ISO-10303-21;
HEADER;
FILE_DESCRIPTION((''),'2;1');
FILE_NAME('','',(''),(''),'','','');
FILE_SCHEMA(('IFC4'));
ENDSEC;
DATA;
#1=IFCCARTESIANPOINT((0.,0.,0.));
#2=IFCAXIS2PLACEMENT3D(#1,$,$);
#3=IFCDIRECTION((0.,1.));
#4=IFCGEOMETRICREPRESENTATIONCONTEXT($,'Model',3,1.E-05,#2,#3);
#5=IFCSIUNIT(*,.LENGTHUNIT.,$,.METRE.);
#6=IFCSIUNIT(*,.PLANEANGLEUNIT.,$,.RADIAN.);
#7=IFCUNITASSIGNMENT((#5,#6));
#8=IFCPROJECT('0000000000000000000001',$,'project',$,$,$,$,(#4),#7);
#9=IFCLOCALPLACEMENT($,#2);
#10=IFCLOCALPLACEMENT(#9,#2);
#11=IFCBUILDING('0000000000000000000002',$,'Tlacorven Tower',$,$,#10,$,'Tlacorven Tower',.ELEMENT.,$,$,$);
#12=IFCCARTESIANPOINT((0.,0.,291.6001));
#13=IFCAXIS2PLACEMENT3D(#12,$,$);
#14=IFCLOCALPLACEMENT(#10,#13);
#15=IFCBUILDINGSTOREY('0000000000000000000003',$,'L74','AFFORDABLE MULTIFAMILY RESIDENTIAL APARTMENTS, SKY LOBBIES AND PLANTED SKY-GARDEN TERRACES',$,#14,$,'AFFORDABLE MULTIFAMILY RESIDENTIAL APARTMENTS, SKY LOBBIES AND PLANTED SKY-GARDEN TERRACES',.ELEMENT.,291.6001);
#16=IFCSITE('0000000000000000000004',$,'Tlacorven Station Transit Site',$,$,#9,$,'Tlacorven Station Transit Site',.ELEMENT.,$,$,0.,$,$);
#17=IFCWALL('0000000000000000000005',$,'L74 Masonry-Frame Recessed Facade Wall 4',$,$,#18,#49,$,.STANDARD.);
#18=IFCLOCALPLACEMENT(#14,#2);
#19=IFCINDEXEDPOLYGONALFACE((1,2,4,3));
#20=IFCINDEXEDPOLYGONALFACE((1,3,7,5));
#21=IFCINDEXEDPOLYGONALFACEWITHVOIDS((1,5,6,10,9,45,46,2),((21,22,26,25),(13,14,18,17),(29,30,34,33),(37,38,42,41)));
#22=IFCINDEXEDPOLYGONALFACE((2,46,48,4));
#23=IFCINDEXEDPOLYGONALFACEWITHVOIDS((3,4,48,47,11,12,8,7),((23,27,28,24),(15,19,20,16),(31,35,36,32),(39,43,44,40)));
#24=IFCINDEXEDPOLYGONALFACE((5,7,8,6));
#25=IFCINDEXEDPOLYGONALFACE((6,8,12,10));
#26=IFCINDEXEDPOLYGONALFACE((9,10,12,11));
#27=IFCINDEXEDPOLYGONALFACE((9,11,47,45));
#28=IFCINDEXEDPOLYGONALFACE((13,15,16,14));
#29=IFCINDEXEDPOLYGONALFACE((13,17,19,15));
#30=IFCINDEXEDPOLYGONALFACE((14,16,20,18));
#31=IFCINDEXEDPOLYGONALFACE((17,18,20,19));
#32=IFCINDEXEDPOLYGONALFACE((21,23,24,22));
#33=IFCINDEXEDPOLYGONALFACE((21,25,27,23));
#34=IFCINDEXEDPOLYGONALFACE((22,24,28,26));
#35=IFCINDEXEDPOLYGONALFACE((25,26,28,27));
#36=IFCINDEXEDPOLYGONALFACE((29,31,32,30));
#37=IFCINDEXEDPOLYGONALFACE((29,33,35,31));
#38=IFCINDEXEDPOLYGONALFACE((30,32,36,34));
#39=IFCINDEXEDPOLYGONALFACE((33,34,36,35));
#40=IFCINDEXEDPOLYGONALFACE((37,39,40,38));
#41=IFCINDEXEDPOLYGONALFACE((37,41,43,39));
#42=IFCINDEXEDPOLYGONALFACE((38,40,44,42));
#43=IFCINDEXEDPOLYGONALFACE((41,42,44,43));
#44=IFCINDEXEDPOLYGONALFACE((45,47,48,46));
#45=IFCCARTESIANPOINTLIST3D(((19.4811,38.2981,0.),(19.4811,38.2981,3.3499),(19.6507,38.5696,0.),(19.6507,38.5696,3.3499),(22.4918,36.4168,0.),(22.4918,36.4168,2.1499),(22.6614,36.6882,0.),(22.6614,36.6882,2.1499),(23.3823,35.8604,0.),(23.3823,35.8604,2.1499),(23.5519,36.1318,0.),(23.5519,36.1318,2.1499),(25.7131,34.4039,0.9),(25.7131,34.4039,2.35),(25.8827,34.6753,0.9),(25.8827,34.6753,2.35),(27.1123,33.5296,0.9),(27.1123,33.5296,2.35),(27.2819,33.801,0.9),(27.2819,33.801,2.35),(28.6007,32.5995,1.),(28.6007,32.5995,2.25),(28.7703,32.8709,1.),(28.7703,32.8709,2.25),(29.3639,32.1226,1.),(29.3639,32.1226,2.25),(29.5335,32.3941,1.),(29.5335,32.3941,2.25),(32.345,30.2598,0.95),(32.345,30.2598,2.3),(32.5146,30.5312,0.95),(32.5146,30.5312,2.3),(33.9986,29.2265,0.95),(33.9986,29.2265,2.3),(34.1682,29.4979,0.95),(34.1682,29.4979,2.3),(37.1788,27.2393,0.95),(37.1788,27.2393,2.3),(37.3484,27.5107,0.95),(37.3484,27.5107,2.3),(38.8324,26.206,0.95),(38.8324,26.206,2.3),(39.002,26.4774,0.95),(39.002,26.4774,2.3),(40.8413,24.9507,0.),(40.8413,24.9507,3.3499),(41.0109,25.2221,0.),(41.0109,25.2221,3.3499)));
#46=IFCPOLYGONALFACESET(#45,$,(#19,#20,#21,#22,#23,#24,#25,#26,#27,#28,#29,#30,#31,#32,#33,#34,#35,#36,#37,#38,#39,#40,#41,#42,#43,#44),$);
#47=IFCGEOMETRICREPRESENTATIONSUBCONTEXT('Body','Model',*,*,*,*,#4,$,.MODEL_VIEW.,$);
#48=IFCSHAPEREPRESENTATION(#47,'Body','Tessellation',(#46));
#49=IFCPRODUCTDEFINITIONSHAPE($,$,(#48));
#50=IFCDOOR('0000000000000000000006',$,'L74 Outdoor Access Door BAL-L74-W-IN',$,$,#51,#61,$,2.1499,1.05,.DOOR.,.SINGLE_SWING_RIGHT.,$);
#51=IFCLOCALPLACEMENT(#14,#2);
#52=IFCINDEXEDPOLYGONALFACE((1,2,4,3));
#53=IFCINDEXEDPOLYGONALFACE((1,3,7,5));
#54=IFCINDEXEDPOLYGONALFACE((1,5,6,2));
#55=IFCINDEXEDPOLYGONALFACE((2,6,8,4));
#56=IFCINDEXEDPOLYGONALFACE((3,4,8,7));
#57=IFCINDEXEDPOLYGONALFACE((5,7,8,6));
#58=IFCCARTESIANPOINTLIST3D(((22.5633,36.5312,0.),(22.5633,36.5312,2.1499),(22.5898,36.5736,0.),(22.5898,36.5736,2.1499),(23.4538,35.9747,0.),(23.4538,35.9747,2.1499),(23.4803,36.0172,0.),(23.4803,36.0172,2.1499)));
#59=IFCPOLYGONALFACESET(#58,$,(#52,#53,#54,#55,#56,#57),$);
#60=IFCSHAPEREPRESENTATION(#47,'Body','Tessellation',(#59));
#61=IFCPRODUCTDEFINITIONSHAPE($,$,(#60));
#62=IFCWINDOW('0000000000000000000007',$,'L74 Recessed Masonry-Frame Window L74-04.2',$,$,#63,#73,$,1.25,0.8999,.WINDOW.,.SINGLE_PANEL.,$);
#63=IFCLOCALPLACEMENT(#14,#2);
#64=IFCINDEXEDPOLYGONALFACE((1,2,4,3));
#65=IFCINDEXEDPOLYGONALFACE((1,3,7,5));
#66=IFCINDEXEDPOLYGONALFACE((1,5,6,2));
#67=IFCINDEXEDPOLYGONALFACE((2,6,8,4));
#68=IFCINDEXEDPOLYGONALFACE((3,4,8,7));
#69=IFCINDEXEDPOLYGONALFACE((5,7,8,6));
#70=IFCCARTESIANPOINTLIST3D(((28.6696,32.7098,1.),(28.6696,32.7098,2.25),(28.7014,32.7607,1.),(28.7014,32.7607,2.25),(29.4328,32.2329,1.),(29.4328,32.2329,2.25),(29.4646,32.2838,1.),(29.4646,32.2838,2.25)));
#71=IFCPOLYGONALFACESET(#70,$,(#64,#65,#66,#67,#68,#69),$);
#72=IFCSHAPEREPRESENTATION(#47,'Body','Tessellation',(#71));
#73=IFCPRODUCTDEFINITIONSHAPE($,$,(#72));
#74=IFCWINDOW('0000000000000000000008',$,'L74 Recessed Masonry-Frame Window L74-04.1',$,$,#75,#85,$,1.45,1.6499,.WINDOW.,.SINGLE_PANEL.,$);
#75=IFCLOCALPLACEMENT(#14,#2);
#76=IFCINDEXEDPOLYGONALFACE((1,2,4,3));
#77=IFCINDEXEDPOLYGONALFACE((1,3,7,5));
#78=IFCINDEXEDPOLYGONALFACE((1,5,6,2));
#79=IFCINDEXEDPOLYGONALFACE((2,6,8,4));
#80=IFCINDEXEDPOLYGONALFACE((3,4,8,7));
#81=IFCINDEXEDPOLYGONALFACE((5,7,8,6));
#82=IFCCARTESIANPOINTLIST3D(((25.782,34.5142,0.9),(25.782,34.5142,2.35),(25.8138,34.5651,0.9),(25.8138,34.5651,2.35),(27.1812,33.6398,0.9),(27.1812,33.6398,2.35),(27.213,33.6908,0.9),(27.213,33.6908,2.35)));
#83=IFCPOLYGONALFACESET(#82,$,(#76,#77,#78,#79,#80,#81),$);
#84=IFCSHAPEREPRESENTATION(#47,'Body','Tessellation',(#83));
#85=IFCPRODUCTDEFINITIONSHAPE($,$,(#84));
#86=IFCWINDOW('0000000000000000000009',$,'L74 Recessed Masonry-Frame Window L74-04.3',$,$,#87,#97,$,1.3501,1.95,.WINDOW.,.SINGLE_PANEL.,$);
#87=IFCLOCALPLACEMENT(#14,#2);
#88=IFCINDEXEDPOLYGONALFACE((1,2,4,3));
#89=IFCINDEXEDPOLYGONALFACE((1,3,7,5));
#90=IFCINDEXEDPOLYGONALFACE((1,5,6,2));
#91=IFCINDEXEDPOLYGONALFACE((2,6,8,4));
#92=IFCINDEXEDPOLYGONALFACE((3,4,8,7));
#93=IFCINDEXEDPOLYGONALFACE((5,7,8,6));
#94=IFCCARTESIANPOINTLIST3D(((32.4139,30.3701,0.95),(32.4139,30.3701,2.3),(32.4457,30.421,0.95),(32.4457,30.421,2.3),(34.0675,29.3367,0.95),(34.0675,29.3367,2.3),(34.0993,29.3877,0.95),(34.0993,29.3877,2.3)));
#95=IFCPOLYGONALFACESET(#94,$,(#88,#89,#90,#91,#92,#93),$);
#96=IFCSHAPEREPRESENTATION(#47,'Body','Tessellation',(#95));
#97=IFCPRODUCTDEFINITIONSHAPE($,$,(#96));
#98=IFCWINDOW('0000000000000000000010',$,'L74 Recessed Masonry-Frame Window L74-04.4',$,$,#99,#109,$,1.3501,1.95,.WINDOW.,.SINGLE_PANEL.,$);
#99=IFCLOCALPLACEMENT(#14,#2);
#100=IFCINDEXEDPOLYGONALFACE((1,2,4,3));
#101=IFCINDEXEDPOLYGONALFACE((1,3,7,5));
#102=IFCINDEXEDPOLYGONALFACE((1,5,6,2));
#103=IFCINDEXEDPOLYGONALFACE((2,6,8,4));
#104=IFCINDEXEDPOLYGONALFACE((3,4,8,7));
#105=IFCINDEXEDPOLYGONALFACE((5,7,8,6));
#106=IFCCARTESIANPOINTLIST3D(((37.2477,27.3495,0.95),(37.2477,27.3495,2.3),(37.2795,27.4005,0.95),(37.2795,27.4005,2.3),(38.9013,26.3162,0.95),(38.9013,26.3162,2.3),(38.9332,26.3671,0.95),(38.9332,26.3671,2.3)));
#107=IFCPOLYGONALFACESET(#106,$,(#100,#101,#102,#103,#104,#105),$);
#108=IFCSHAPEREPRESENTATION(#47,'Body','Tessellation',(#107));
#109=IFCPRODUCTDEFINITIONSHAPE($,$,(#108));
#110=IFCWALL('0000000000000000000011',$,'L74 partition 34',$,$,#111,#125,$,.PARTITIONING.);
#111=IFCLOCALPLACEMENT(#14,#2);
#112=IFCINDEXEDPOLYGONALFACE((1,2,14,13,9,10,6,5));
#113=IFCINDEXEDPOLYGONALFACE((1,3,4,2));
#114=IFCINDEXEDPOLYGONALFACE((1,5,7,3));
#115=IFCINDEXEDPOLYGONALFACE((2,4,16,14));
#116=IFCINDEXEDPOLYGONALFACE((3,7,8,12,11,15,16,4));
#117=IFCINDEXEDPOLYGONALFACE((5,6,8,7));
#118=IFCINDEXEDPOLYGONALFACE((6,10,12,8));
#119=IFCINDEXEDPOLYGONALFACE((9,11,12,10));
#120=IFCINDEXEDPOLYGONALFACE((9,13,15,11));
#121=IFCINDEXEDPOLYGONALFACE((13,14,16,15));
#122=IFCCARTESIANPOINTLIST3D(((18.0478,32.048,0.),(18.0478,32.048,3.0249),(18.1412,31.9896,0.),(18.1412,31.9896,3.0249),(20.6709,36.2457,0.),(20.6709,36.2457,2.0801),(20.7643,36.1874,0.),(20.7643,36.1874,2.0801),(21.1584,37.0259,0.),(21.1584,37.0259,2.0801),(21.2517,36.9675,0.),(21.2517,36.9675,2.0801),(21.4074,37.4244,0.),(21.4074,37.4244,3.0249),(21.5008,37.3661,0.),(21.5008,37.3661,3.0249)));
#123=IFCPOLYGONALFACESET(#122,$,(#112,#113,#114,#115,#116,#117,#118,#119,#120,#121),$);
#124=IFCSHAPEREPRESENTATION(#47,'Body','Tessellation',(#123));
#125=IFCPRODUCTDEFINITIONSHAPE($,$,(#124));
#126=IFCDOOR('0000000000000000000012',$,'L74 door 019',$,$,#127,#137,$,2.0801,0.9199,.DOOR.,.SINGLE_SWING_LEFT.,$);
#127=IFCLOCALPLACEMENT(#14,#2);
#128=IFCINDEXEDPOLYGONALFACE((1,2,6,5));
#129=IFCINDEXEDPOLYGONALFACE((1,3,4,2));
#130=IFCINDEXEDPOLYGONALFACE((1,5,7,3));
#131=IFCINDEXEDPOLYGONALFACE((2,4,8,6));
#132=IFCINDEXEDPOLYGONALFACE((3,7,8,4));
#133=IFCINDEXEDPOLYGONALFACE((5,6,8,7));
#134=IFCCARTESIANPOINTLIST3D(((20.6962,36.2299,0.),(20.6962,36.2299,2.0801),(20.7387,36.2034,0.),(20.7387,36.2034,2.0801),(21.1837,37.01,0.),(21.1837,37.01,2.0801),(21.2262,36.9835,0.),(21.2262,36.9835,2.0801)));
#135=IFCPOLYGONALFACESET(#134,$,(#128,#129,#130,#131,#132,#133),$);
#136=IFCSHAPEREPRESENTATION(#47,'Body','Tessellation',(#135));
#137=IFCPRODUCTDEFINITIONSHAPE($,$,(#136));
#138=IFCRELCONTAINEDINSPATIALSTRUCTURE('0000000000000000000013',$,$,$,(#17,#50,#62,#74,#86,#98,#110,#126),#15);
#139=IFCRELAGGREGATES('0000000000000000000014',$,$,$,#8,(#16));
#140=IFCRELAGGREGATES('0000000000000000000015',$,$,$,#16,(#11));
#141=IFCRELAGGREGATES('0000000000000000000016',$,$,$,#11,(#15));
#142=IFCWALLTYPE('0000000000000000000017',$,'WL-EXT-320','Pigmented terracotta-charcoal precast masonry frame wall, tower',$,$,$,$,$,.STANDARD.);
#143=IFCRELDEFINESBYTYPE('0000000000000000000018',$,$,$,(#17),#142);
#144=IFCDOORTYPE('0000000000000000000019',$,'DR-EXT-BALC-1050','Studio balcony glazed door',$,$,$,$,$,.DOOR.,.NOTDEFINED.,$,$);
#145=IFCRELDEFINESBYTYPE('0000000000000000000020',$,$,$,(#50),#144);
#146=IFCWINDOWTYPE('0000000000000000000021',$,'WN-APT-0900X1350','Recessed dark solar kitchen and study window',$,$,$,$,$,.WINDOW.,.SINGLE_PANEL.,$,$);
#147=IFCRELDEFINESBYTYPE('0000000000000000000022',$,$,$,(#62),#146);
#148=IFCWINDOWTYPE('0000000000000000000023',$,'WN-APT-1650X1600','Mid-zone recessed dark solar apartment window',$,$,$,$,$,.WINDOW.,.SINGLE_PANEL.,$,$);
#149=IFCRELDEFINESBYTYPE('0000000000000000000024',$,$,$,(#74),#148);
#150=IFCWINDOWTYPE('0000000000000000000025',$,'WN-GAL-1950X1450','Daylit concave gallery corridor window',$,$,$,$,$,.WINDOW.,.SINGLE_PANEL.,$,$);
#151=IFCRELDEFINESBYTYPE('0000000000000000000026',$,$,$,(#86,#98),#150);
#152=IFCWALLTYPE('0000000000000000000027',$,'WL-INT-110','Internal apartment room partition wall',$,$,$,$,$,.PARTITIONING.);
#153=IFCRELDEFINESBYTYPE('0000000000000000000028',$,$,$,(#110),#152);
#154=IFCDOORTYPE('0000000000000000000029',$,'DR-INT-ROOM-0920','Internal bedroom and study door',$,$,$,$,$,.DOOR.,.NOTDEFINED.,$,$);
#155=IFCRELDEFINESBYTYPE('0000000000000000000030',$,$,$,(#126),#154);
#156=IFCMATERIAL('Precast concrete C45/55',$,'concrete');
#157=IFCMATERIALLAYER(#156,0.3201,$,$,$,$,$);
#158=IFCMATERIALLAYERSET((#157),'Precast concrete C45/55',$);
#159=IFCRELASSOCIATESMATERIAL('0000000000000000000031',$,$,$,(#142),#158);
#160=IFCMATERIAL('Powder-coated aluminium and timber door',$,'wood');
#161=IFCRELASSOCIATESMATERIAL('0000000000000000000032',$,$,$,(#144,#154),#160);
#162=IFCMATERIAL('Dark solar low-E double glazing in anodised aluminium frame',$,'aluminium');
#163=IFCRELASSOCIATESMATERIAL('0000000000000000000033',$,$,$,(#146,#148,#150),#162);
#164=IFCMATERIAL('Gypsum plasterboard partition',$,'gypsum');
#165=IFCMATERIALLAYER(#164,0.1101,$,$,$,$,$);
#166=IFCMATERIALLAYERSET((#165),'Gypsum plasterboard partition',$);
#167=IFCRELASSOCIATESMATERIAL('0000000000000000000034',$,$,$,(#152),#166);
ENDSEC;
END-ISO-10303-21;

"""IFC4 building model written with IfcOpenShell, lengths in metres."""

from ifc_helpers import new_model, si_unit, direction, frame, frame_2d, origin, place, context, subcontext, project, spatial, rectangle, extrude, source, transform, mapped, material, layer, layer_set, type_object, element, fill, save


model = new_model("IFC4")

# Units and contexts
model_context = context("Model", 3, precision=1e-05, world=origin(), true_north=direction((0.0, 1.0)))
body_context = subcontext(model_context, "Body", "Model", "MODEL_VIEW")
ifc_project = project(units=[si_unit("LENGTHUNIT", "METRE"), si_unit("PLANEANGLEUNIT", "RADIAN")], contexts=[model_context])

# Site, building, storey
site_placement = place(None, origin())
site = spatial("IfcSite", under=ifc_project, at=site_placement, Name="Tlacorven Station Transit Site", LongName="Tlacorven Station Transit Site", CompositionType="ELEMENT", RefElevation=0.0)
building_placement = place(site_placement, origin())
building = spatial("IfcBuilding", under=site, at=building_placement, Name="Tlacorven Tower", LongName="Tlacorven Tower", CompositionType="ELEMENT")
storey_placement = place(building_placement, frame((0.0, 0.0, 291.6001)))
storey = spatial("IfcBuildingStorey", under=building, at=storey_placement, Name="L74", Description="AFFORDABLE MULTIFAMILY RESIDENTIAL APARTMENTS, SKY LOBBIES AND PLANTED SKY-GARDEN TERRACES", LongName="AFFORDABLE MULTIFAMILY RESIDENTIAL APARTMENTS, SKY LOBBIES AND PLANTED SKY-GARDEN TERRACES", CompositionType="ELEMENT", Elevation=291.6001)

# Wall, openings, door, windows
ifc_material_1 = material(Name="Precast concrete C45/55", Category="concrete")
ifc_layer_1 = layer(ifc_material_1, 0.3201)
ifc_layer_set_1 = layer_set([ifc_layer_1], Name="Precast concrete C45/55")
wall_type_1 = type_object("IfcWallType", Name="WL-EXT-320", Description="Pigmented terracotta-charcoal precast masonry frame wall, tower", PredefinedType="STANDARD", material=ifc_layer_set_1)
wall_1_placement = place(storey_placement, frame((19.5659, 38.4338, 0.0), z_axis=(0.0, 0.0, 1.0), x_axis=(0.848046, -0.529923, 0.0)))
wall_1 = element("IfcWall", 1, at=wall_1_placement, inside=storey, type_object=wall_type_1, Name="L74 Masonry-Frame Recessed Facade Wall 4", PredefinedType="STANDARD", context=body_context, shape_type="SweptSolid", body=[
    extrude(rectangle(XDim=25.1875, YDim=0.3201, at=frame_2d((12.5938, 0.0))), origin(), (0.0, 0.0, 1.0), 3.3499),
])
opening_1_placement = place(wall_1_placement, frame((3.5503, 0.0, 0.0)))
opening_1 = element("IfcOpeningElement", 2, at=opening_1_placement, cuts=wall_1, PredefinedType="OPENING", context=body_context, shape_type="SweptSolid", body=[
    extrude(rectangle(XDim=1.05, YDim=2.1499, at=frame_2d((0.5249, 1.075))), frame((0.0, 0.1699, 0.0), z_axis=(0.0, -1.0, 0.0), x_axis=(1.0, 0.0, 0.0)), (0.0, 0.0, 1.0), 0.3401),
])
opening_2_placement = place(wall_1_placement, frame((7.3486, 0.0, 0.8999)))
opening_2 = element("IfcOpeningElement", 3, at=opening_2_placement, cuts=wall_1, PredefinedType="OPENING", context=body_context, shape_type="SweptSolid", body=[
    extrude(rectangle(XDim=1.6499, YDim=1.45, at=frame_2d((0.825, 0.7251))), frame((0.0, 0.1699, 0.0), z_axis=(0.0, -1.0, 0.0), x_axis=(1.0, 0.0, 0.0)), (0.0, 0.0, 1.0), 0.3401),
])
opening_3_placement = place(wall_1_placement, frame((10.7537, 0.0, 1.0)))
opening_3 = element("IfcOpeningElement", 4, at=opening_3_placement, cuts=wall_1, PredefinedType="OPENING", context=body_context, shape_type="SweptSolid", body=[
    extrude(rectangle(XDim=0.8999, YDim=1.25, at=frame_2d((0.45, 0.625))), frame((0.0, 0.1699, 0.0), z_axis=(0.0, -1.0, 0.0), x_axis=(1.0, 0.0, 0.0)), (0.0, 0.0, 1.0), 0.3401),
])
opening_4_placement = place(wall_1_placement, frame((15.1687, 0.0, 0.95)))
opening_4 = element("IfcOpeningElement", 5, at=opening_4_placement, cuts=wall_1, PredefinedType="OPENING", context=body_context, shape_type="SweptSolid", body=[
    extrude(rectangle(XDim=1.95, YDim=1.3501, at=frame_2d((0.9751, 0.675))), frame((0.0, 0.1699, 0.0), z_axis=(0.0, -1.0, 0.0), x_axis=(1.0, 0.0, 0.0)), (0.0, 0.0, 1.0), 0.3401),
])
opening_5_placement = place(wall_1_placement, frame((20.8687, 0.0, 0.95)))
opening_5 = element("IfcOpeningElement", 6, at=opening_5_placement, cuts=wall_1, PredefinedType="OPENING", context=body_context, shape_type="SweptSolid", body=[
    extrude(rectangle(XDim=1.95, YDim=1.3501, at=frame_2d((0.9751, 0.675))), frame((0.0, 0.1699, 0.0), z_axis=(0.0, -1.0, 0.0), x_axis=(1.0, 0.0, 0.0)), (0.0, 0.0, 1.0), 0.3401),
])
ifc_material_2 = material(Name="Powder-coated aluminium and timber door", Category="wood")
door_type_1 = type_object("IfcDoorType", Name="DR-EXT-BALC-1050", Description="Studio balcony glazed door", OperationType="NOTDEFINED", PredefinedType="DOOR", material=ifc_material_2)
shared_shape_1 = source(origin(), body_context, "Body", "SweptSolid", [
    extrude(rectangle(XDim=1.05, YDim=2.1499, at=frame_2d((0.5249, 1.075))), frame((0.0, 0.0249, 0.0), z_axis=(0.0, -1.0, 0.0), x_axis=(1.0, 0.0, 0.0)), (0.0, 0.0, 1.0), 0.05),
])
door_1_placement = place(opening_1_placement, origin())
door_1 = element("IfcDoor", 7, at=door_1_placement, inside=storey, type_object=door_type_1, Name="L74 Outdoor Access Door BAL-L74-W-IN", OperationType="SINGLE_SWING_RIGHT", OverallHeight=2.1499, OverallWidth=1.05, PredefinedType="DOOR", context=body_context, shape_type="MappedRepresentation", body=[
    mapped(shared_shape_1, transform((0.0, 0.0, 0.0), scale=1.0)),
])
fill(opening_1, door_1)
ifc_material_3 = material(Name="Dark solar low-E double glazing in anodised aluminium frame", Category="aluminium")
window_type_1 = type_object("IfcWindowType", Name="WN-APT-0900X1350", Description="Recessed dark solar kitchen and study window", PartitioningType="SINGLE_PANEL", PredefinedType="WINDOW", material=ifc_material_3)
shared_shape_2 = source(origin(), body_context, "Body", "SweptSolid", [
    extrude(rectangle(XDim=0.8999, YDim=1.25, at=frame_2d((0.45, 0.625))), frame((0.0, 0.03, 0.0), z_axis=(0.0, -1.0, 0.0), x_axis=(1.0, 0.0, 0.0)), (0.0, 0.0, 1.0), 0.0601),
])
window_1_placement = place(opening_3_placement, origin())
window_1 = element("IfcWindow", 8, at=window_1_placement, inside=storey, type_object=window_type_1, Name="L74 Recessed Masonry-Frame Window L74-04.2", OverallHeight=1.25, OverallWidth=0.8999, PartitioningType="SINGLE_PANEL", PredefinedType="WINDOW", context=body_context, shape_type="MappedRepresentation", body=[
    mapped(shared_shape_2, transform((0.0, 0.0, 0.0), scale=1.0)),
])
fill(opening_3, window_1)
window_type_2 = type_object("IfcWindowType", Name="WN-APT-1650X1600", Description="Mid-zone recessed dark solar apartment window", PartitioningType="SINGLE_PANEL", PredefinedType="WINDOW", material=ifc_material_3)
shared_shape_3 = source(origin(), body_context, "Body", "SweptSolid", [
    extrude(rectangle(XDim=1.6499, YDim=1.45, at=frame_2d((0.825, 0.7251))), frame((0.0, 0.03, 0.0), z_axis=(0.0, -1.0, 0.0), x_axis=(1.0, 0.0, 0.0)), (0.0, 0.0, 1.0), 0.0601),
])
window_2_placement = place(opening_2_placement, origin())
window_2 = element("IfcWindow", 9, at=window_2_placement, inside=storey, type_object=window_type_2, Name="L74 Recessed Masonry-Frame Window L74-04.1", OverallHeight=1.45, OverallWidth=1.6499, PartitioningType="SINGLE_PANEL", PredefinedType="WINDOW", context=body_context, shape_type="MappedRepresentation", body=[
    mapped(shared_shape_3, transform((0.0, 0.0, 0.0), scale=1.0)),
])
fill(opening_2, window_2)
window_type_3 = type_object("IfcWindowType", Name="WN-GAL-1950X1450", Description="Daylit concave gallery corridor window", PartitioningType="SINGLE_PANEL", PredefinedType="WINDOW", material=ifc_material_3)
shared_shape_4 = source(origin(), body_context, "Body", "SweptSolid", [
    extrude(rectangle(XDim=1.95, YDim=1.3501, at=frame_2d((0.9751, 0.675))), frame((0.0, 0.03, 0.0), z_axis=(0.0, -1.0, 0.0), x_axis=(1.0, 0.0, 0.0)), (0.0, 0.0, 1.0), 0.0601),
])
window_3_placement = place(opening_4_placement, origin())
window_3 = element("IfcWindow", 10, at=window_3_placement, inside=storey, type_object=window_type_3, Name="L74 Recessed Masonry-Frame Window L74-04.3", OverallHeight=1.3501, OverallWidth=1.95, PartitioningType="SINGLE_PANEL", PredefinedType="WINDOW", context=body_context, shape_type="MappedRepresentation", body=[
    mapped(shared_shape_4, transform((0.0, 0.0, 0.0), scale=1.0)),
])
fill(opening_4, window_3)
window_4_placement = place(opening_5_placement, origin())
window_4 = element("IfcWindow", 11, at=window_4_placement, inside=storey, type_object=window_type_3, Name="L74 Recessed Masonry-Frame Window L74-04.4", OverallHeight=1.3501, OverallWidth=1.95, PartitioningType="SINGLE_PANEL", PredefinedType="WINDOW", context=body_context, shape_type="MappedRepresentation", body=[
    mapped(shared_shape_4, transform((0.0, 0.0, 0.0), scale=1.0)),
])
fill(opening_5, window_4)

# Wall, opening, door
ifc_material_4 = material(Name="Gypsum plasterboard partition", Category="gypsum")
ifc_layer_2 = layer(ifc_material_4, 0.1101)
ifc_layer_set_2 = layer_set([ifc_layer_2], Name="Gypsum plasterboard partition")
wall_type_2 = type_object("IfcWallType", Name="WL-INT-110", Description="Internal apartment room partition wall", PredefinedType="PARTITIONING", material=ifc_layer_set_2)
wall_2_placement = place(storey_placement, frame((21.4541, 37.3953, 0.0), z_axis=(0.0, 0.0, 1.0), x_axis=(-0.529923, -0.848046, 0.0)))
wall_2 = element("IfcWall", 12, at=wall_2_placement, inside=storey, type_object=wall_type_2, Name="L74 partition 34", PredefinedType="PARTITIONING", context=body_context, shape_type="SweptSolid", body=[
    extrude(rectangle(XDim=6.3398, YDim=0.1101, at=frame_2d((3.1699, 0.0))), origin(), (0.0, 0.0, 1.0), 3.0249),
])
opening_6_placement = place(wall_2_placement, frame((0.47, 0.0, 0.0)))
opening_6 = element("IfcOpeningElement", 13, at=opening_6_placement, cuts=wall_2, PredefinedType="OPENING", context=body_context, shape_type="SweptSolid", body=[
    extrude(rectangle(XDim=0.9199, YDim=2.0801, at=frame_2d((0.46, 1.04))), frame((0.0, 0.0649, 0.0), z_axis=(0.0, -1.0, 0.0), x_axis=(1.0, 0.0, 0.0)), (0.0, 0.0, 1.0), 0.1301),
])
door_type_2 = type_object("IfcDoorType", Name="DR-INT-ROOM-0920", Description="Internal bedroom and study door", OperationType="NOTDEFINED", PredefinedType="DOOR", material=ifc_material_2)
shared_shape_5 = source(origin(), body_context, "Body", "SweptSolid", [
    extrude(rectangle(XDim=0.9199, YDim=2.0801, at=frame_2d((0.46, 1.04))), frame((0.0, 0.0249, 0.0), z_axis=(0.0, -1.0, 0.0), x_axis=(1.0, 0.0, 0.0)), (0.0, 0.0, 1.0), 0.05),
])
door_2_placement = place(opening_6_placement, origin())
door_2 = element("IfcDoor", 14, at=door_2_placement, inside=storey, type_object=door_type_2, Name="L74 door 019", OperationType="SINGLE_SWING_LEFT", OverallHeight=2.0801, OverallWidth=0.9199, PredefinedType="DOOR", context=body_context, shape_type="MappedRepresentation", body=[
    mapped(shared_shape_5, transform((0.0, 0.0, 0.0), scale=1.0)),
])
fill(opening_6, door_2)

save(model, "model.ifc")
